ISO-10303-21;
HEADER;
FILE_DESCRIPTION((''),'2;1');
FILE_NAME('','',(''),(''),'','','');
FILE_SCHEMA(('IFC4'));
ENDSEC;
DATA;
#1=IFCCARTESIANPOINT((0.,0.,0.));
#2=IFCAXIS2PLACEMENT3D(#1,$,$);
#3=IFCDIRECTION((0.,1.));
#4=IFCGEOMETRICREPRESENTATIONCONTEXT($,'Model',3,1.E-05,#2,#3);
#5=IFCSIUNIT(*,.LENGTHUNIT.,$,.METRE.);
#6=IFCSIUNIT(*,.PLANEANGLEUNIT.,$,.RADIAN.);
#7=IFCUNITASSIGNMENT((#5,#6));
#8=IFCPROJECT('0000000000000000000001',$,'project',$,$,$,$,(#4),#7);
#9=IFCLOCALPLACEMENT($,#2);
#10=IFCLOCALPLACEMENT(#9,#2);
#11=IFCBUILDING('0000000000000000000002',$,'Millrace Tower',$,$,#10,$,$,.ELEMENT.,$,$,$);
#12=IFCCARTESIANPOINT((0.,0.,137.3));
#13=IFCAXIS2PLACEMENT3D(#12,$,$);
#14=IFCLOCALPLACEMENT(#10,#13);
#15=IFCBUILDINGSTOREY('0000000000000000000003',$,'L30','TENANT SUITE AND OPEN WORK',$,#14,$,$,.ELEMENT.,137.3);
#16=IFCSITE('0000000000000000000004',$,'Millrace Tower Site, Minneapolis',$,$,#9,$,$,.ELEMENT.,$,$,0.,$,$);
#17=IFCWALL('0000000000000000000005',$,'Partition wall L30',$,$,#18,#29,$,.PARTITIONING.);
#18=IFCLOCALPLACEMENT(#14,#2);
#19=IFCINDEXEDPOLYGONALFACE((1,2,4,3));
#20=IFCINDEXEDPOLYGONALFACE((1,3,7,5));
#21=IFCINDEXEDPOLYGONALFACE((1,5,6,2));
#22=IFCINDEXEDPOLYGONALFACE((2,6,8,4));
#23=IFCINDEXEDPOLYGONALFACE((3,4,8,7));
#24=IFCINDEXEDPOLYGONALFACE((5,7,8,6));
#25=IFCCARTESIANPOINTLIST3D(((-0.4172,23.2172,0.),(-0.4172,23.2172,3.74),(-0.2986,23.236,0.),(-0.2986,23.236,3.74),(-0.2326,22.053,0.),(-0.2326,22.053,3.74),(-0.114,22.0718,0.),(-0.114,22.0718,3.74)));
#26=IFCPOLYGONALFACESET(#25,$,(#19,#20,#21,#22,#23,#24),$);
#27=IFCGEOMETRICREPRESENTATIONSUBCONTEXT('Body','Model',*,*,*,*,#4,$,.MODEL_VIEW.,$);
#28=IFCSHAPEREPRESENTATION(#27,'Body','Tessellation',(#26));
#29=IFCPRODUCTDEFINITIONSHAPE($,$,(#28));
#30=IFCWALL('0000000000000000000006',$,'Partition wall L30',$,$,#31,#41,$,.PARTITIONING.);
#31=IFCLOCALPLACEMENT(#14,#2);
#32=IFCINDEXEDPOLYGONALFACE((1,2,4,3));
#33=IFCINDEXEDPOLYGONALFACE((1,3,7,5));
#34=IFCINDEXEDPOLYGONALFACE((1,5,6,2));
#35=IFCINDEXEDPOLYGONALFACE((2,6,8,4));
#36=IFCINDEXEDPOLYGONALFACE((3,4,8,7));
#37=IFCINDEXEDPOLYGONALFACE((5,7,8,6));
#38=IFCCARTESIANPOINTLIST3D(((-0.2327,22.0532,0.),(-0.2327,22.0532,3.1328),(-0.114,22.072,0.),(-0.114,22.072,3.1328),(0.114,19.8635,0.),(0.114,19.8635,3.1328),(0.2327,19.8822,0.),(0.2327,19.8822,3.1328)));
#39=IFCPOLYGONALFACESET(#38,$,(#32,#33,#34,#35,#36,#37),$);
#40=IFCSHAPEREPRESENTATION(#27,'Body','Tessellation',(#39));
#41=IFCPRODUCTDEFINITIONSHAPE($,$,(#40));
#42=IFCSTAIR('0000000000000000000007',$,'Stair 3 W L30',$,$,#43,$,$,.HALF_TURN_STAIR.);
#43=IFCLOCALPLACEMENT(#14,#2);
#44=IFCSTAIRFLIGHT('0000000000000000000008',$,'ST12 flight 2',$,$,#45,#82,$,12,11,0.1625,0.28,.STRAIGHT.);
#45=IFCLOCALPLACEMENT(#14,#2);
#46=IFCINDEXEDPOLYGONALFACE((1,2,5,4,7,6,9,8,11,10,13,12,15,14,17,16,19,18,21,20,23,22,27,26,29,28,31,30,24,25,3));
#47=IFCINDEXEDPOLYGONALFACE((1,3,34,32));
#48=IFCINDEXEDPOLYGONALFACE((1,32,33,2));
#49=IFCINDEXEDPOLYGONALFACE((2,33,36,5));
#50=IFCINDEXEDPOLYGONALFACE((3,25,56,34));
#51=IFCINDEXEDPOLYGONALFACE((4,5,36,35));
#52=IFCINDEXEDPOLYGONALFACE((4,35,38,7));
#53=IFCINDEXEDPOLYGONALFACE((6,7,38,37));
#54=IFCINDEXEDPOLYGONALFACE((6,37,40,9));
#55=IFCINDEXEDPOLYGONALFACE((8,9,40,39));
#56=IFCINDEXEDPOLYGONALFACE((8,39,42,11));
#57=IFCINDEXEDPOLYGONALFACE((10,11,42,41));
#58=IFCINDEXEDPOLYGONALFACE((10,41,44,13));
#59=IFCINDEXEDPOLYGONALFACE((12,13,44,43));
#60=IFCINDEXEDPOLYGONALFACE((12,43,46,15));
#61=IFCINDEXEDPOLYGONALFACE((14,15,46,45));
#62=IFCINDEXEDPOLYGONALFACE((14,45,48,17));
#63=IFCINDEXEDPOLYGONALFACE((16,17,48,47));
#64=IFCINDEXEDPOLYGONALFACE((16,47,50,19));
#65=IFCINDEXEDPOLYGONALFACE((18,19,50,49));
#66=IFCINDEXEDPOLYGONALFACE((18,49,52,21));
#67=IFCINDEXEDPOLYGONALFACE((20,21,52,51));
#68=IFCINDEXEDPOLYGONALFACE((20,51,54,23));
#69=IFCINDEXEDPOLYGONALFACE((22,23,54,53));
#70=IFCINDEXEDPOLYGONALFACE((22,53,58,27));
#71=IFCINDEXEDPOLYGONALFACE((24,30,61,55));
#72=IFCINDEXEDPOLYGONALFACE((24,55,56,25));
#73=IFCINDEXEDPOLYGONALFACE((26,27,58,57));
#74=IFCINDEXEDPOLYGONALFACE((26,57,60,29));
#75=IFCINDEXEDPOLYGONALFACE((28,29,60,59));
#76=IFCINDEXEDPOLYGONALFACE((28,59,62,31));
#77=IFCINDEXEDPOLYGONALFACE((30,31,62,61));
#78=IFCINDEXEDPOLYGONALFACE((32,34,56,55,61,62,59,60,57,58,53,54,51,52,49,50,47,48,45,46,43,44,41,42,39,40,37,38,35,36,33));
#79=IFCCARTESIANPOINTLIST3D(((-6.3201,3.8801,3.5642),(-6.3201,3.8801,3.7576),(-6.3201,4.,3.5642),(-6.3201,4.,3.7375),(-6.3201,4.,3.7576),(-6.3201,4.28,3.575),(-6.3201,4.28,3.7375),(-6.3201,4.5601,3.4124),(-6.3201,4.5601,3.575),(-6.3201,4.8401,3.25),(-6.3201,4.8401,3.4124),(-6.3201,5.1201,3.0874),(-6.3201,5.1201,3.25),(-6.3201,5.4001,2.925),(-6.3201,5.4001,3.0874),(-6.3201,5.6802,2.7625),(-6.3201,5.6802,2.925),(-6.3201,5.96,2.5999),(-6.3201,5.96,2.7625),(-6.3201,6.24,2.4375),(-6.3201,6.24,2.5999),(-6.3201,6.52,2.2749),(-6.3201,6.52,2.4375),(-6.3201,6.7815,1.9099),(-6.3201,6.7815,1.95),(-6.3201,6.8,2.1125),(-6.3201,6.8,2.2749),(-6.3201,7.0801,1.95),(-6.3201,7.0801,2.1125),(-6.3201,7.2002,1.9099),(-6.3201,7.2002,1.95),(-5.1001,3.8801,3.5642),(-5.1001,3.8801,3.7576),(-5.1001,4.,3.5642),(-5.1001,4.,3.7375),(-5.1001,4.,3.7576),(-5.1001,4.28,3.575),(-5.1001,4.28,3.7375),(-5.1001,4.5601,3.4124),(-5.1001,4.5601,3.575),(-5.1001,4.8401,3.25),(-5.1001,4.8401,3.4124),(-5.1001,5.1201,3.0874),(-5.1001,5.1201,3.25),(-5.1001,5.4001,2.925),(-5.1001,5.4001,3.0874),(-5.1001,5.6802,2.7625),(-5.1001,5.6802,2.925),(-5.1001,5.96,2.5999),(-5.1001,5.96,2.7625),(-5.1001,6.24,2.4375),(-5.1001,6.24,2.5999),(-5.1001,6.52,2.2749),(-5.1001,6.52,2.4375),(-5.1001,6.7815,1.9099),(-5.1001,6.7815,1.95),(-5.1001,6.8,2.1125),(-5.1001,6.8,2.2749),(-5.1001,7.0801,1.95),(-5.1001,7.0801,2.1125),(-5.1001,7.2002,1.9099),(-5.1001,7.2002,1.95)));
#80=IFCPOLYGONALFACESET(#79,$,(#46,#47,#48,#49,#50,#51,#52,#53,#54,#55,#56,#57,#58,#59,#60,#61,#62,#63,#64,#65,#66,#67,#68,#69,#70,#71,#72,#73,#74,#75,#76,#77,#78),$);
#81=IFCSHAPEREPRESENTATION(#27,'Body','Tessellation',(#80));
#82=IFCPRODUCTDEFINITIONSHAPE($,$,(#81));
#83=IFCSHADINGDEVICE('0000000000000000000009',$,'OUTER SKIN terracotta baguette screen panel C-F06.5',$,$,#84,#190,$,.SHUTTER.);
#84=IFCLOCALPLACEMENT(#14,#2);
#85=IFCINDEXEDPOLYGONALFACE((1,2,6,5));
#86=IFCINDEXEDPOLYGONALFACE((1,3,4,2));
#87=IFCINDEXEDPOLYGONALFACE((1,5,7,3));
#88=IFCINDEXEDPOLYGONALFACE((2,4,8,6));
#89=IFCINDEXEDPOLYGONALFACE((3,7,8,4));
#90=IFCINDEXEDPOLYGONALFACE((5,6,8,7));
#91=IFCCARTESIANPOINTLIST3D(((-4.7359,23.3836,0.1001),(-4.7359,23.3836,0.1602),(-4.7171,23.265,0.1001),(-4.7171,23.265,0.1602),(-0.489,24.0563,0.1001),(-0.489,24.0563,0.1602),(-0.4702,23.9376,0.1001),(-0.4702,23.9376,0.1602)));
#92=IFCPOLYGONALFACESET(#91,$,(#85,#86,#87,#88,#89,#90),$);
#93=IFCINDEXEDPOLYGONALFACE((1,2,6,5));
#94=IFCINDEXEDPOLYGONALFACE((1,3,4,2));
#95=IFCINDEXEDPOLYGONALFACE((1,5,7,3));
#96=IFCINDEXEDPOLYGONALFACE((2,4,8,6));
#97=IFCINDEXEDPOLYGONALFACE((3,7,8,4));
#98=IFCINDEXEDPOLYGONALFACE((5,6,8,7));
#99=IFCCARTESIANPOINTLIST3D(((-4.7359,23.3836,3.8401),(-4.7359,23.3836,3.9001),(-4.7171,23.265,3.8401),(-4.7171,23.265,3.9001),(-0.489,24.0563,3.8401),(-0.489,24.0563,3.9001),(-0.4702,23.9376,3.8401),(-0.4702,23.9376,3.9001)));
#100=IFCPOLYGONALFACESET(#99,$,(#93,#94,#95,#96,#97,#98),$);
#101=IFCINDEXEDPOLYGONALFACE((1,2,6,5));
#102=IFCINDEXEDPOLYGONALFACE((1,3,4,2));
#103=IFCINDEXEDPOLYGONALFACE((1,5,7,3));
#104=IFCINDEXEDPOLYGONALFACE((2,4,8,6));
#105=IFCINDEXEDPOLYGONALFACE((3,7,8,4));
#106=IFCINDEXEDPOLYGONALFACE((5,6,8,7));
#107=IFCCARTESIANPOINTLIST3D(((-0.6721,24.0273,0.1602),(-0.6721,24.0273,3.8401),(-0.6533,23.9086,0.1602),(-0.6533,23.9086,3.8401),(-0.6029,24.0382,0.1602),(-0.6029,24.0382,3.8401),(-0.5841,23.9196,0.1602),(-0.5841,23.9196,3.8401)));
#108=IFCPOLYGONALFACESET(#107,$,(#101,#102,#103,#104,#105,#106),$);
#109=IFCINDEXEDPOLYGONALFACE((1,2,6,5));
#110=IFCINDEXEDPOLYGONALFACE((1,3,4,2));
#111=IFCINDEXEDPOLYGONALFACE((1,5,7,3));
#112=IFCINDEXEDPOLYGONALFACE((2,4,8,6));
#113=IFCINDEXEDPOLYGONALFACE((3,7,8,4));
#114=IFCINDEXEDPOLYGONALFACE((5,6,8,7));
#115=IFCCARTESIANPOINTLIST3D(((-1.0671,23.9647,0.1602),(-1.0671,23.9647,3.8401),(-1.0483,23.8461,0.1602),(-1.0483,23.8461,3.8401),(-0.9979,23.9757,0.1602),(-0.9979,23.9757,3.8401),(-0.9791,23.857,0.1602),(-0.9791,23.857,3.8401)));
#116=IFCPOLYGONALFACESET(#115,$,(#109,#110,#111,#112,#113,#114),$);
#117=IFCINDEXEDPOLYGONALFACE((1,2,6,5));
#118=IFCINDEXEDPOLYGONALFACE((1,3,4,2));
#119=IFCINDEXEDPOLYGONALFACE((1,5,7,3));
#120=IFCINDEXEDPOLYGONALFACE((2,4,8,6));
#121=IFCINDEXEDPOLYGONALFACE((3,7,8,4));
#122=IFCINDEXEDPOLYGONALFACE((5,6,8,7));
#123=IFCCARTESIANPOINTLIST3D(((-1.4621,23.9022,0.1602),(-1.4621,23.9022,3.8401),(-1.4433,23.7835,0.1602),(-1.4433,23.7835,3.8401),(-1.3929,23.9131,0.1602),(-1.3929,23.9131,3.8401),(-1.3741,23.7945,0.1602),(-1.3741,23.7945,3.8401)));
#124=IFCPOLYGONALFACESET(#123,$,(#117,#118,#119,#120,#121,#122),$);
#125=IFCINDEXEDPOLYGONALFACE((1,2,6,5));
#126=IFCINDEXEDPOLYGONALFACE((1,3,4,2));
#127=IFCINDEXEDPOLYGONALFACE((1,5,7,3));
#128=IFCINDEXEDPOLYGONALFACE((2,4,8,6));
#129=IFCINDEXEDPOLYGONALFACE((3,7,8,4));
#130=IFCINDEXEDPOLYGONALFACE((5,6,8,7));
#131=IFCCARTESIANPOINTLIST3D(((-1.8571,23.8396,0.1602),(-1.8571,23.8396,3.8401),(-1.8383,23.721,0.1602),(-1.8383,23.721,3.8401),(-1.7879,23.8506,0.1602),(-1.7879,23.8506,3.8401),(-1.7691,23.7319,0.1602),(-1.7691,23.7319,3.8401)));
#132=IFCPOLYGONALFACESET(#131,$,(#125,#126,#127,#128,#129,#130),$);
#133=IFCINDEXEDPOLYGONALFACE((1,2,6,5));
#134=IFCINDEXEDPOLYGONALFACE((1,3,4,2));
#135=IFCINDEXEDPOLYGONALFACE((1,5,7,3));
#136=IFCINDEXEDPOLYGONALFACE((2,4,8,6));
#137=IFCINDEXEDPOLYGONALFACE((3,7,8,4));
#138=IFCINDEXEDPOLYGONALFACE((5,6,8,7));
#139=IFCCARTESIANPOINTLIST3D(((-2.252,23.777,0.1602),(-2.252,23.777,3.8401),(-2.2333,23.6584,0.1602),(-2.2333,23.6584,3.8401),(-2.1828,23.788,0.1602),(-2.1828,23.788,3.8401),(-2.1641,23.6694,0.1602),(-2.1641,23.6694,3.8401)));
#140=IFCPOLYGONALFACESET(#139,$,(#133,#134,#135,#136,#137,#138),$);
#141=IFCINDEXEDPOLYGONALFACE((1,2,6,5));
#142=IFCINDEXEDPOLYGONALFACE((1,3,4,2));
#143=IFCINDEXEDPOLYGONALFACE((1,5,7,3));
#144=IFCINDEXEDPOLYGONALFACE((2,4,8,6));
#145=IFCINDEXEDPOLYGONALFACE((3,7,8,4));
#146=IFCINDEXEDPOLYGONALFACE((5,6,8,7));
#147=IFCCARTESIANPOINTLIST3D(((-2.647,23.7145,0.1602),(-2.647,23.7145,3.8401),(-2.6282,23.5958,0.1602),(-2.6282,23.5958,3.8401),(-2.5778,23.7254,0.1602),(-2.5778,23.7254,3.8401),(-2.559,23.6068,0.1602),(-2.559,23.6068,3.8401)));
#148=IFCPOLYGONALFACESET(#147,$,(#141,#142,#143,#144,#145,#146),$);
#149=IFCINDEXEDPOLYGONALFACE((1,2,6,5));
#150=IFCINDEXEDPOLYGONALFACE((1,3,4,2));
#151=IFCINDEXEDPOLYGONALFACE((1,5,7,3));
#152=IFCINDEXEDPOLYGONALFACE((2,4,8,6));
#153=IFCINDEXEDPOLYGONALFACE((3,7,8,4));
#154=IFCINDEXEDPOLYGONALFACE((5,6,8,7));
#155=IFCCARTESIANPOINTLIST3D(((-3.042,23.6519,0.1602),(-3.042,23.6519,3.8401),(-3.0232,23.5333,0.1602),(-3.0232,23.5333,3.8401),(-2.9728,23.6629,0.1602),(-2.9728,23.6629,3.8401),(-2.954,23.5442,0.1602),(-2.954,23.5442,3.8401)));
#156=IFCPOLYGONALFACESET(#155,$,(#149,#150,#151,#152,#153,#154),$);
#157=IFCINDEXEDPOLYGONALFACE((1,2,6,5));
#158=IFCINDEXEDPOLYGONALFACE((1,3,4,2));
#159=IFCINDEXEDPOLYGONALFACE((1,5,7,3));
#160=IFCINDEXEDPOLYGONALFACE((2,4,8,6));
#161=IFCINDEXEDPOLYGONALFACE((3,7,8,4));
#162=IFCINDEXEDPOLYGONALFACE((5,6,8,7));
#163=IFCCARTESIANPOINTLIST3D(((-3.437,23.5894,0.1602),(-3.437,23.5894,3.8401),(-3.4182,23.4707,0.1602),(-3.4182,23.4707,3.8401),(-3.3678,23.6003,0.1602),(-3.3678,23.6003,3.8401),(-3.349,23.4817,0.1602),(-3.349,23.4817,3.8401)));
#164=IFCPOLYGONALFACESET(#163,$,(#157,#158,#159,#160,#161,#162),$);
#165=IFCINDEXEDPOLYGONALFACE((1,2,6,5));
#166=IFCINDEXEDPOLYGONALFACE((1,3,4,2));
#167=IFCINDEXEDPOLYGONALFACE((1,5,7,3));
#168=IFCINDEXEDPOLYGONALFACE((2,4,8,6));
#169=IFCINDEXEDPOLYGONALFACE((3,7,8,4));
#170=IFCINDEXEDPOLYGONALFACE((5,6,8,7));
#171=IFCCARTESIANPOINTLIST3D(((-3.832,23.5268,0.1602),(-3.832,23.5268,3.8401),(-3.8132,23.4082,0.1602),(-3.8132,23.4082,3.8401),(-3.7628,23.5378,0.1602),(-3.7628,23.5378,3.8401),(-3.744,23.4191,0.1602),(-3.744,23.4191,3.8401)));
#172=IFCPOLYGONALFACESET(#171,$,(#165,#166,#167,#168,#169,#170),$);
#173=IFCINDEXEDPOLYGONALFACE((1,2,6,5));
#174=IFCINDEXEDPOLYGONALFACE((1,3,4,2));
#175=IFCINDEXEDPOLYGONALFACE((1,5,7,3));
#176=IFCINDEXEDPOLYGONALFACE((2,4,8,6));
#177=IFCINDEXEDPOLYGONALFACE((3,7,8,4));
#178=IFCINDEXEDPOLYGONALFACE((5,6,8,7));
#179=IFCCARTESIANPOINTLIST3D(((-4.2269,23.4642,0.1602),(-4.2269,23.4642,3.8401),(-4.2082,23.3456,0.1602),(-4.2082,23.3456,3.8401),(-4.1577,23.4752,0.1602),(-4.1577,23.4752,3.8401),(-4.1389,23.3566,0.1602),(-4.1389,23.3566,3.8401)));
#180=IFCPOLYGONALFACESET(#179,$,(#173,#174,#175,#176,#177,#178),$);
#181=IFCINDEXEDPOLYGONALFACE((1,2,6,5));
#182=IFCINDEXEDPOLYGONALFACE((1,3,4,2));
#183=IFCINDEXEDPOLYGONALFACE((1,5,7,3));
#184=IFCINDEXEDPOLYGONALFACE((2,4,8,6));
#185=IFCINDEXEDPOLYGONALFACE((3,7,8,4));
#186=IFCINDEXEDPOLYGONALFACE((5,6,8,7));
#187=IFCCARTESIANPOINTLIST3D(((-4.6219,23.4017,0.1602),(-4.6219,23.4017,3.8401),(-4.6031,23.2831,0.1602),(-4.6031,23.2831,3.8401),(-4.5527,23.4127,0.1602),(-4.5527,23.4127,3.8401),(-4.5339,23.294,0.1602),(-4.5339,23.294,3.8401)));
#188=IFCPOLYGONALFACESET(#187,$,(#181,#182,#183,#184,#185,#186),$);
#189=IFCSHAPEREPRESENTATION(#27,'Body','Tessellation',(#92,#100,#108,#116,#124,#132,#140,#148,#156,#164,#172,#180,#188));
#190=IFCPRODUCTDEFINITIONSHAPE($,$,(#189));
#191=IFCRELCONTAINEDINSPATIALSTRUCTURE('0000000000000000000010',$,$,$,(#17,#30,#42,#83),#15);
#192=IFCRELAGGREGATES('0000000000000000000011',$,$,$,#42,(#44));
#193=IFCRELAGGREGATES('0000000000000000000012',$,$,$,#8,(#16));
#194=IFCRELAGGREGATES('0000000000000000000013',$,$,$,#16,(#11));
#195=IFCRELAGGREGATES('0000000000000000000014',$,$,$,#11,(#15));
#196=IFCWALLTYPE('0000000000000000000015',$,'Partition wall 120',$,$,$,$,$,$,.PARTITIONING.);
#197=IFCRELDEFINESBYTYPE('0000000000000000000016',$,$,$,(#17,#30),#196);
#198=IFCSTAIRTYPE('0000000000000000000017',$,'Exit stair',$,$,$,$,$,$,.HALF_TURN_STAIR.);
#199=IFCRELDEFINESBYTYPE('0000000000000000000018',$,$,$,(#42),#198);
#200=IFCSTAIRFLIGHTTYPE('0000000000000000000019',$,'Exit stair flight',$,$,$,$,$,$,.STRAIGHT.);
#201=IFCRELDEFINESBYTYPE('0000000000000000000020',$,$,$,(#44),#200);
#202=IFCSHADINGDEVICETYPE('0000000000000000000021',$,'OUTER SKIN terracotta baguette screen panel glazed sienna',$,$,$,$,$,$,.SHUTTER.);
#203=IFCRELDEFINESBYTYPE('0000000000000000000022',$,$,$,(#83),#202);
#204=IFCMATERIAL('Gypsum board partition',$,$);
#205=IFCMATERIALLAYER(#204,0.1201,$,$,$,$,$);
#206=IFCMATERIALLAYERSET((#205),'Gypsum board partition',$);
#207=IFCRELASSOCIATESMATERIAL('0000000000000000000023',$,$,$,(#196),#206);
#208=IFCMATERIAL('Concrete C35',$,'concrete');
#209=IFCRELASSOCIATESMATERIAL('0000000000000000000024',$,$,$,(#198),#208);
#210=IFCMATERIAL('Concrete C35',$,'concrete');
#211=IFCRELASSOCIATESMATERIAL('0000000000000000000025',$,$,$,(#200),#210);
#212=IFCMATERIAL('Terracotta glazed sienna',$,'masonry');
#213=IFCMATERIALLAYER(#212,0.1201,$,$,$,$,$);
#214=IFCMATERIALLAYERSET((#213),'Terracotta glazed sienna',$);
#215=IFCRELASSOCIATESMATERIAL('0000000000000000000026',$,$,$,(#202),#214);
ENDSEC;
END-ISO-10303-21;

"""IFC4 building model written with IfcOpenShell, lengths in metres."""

from ifc_helpers import new_model, entity, si_unit, direction, frame, frame_2d, origin, origin_2d, place, context, subcontext, project, spatial, polyline, rectangle, outline, extrude, source, transform, mapped, material, layer, layer_set, type_object, element, aggregate, save


model = new_model("IFC4")

# Units and contexts
model_context = context("Model", 3, precision=1e-05, world=origin(), true_north=direction((0.0, 1.0)))
body_context = subcontext(model_context, "Body", "Model", "MODEL_VIEW")
ifc_project = project(units=[si_unit("LENGTHUNIT", "METRE"), si_unit("PLANEANGLEUNIT", "RADIAN")], contexts=[model_context])

# Site, building, storey
site_placement = place(None, origin())
site = spatial("IfcSite", under=ifc_project, at=site_placement, Name="Millrace Tower Site, Minneapolis", CompositionType="ELEMENT", RefElevation=0.0)
building_placement = place(site_placement, origin())
building = spatial("IfcBuilding", under=site, at=building_placement, Name="Millrace Tower", CompositionType="ELEMENT")
storey_placement = place(building_placement, frame((0.0, 0.0, 137.3)))
storey = spatial("IfcBuildingStorey", under=building, at=storey_placement, Name="L30", Description="TENANT SUITE AND OPEN WORK", CompositionType="ELEMENT", Elevation=137.3)

# Shared definitions
placement = place(storey_placement, origin())

# Walls
ifc_material_1 = material(Name="Gypsum board partition")
ifc_layer_1 = layer(ifc_material_1, 0.1201)
ifc_layer_set_1 = layer_set([ifc_layer_1], Name="Gypsum board partition")
wall_type_1 = type_object("IfcWallType", Name="Partition wall 120", PredefinedType="PARTITIONING", material=ifc_layer_set_1)
wall_1_placement = place(storey_placement, frame((-0.3579, 23.2266, 0.0), z_axis=(0.0, 0.0, 1.0), x_axis=(0.156601, -0.987662, 0.0)))
element("IfcWall", 1, at=wall_1_placement, inside=storey, type_object=wall_type_1, Name="Partition wall L30", PredefinedType="PARTITIONING", context=body_context, shape_type="SweptSolid", body=[
    extrude(rectangle(XDim=1.1787, YDim=0.1201, at=frame_2d((0.5894, 0.0))), origin(), (0.0, 0.0, 1.0), 3.74),
])
wall_2_placement = place(storey_placement, frame((-0.1733, 22.0625, 0.0), z_axis=(0.0, 0.0, 1.0), x_axis=(0.156375, -0.987698, 0.0)))
element("IfcWall", 2, at=wall_2_placement, inside=storey, type_object=wall_type_1, Name="Partition wall L30", PredefinedType="PARTITIONING", context=body_context, shape_type="SweptSolid", body=[
    extrude(rectangle(XDim=2.217, YDim=0.1201, at=frame_2d((1.1084, 0.0))), origin(), (0.0, 0.0, 1.0), 3.1328),
])

# Stair, stair flight
ifc_material_2 = material(Name="Concrete C35", Category="concrete")
stair_type = type_object("IfcStairType", Name="Exit stair", PredefinedType="HALF_TURN_STAIR", material=ifc_material_2)
stair = element("IfcStair", 3, at=placement, inside=storey, type_object=stair_type, Name="Stair 3 W L30", PredefinedType="HALF_TURN_STAIR")
ifc_material_3 = material(Name="Concrete C35", Category="concrete")
stair_flight_type = type_object("IfcStairFlightType", Name="Exit stair flight", PredefinedType="STRAIGHT", material=ifc_material_3)
stair_flight_placement = place(storey_placement, frame((-5.71, 7.0801, 1.95), z_axis=(0.0, 0.0, 1.0), x_axis=(0.0, -1.0, 0.0)))
stair_flight = element("IfcStairFlight", 4, at=stair_flight_placement, type_object=stair_flight_type, Name="ST12 flight 2", NumberOfRisers=12, NumberOfTreads=11, PredefinedType="STRAIGHT", RiserHeight=0.1625, TreadLength=0.28, context=body_context, shape_type="SweptSolid", body=[
    extrude(outline(polyline([(-0.1201, -0.04), (-0.1201, 0.0), (0.0, 0.0), (0.0, 0.1626), (0.28, 0.1626), (0.28, 0.325), (0.5601, 0.325), (0.5601, 0.4875), (0.8401, 0.4875), (0.8401, 0.6499), (1.1201, 0.6499), (1.1201, 0.8125), (1.3999, 0.8125), (1.3999, 0.9751), (1.6799, 0.9751), (1.6799, 1.1375), (1.96, 1.1375), (1.96, 1.3), (2.24, 1.3), (2.24, 1.4624), (2.52, 1.4624), (2.52, 1.625), (2.8, 1.625), (2.8, 1.7876), (3.0801, 1.7876), (3.0801, 1.8076), (3.2, 1.8076), (3.2, 1.6143), (3.0801, 1.6143), (0.2986, 0.0), (0.2986, -0.04), (-0.1201, -0.04)])), frame((0.0, 0.6099, 0.0), z_axis=(0.0, -1.0, 0.0), x_axis=(1.0, 0.0, 0.0)), (0.0, 0.0, 1.0), 1.22),
])
aggregate(stair, [stair_flight])

# Shading device
ifc_material_4 = material(Name="Terracotta glazed sienna", Category="masonry")
ifc_layer_2 = layer(ifc_material_4, 0.1201)
ifc_layer_set_2 = layer_set([ifc_layer_2], Name="Terracotta glazed sienna")
shading_device_type = type_object("IfcShadingDeviceType", Name="OUTER SKIN terracotta baguette screen panel glazed sienna", PredefinedType="SHUTTER", material=ifc_layer_set_2)
cartesian_point = entity("IfcCartesianPoint", [-2.1499, 0.0601])
shared_polyline = entity("IfcPolyline", [cartesian_point, entity("IfcCartesianPoint", [2.1499, 0.0601]), entity("IfcCartesianPoint", [2.1499, -0.0601]), entity("IfcCartesianPoint", [-2.1499, -0.0601]), cartesian_point])
shared_shape = source(origin(), body_context, "Body", "SweptSolid", [
    entity("IfcExtrudedAreaSolid", entity("IfcArbitraryClosedProfileDef", "AREA", None, shared_polyline), entity("IfcAxis2Placement3D", entity("IfcCartesianPoint", [0.0, 0.0, 0.0])), entity("IfcDirection", [0.0, 0.0, 1.0]), 0.0601),
    entity("IfcExtrudedAreaSolid", entity("IfcArbitraryClosedProfileDef", "AREA", None, shared_polyline), entity("IfcAxis2Placement3D", entity("IfcCartesianPoint", [0.0, 0.0, 3.74])), entity("IfcDirection", [0.0, 0.0, 1.0]), 0.0601),
    extrude(rectangle(XDim=0.0701, YDim=0.1201, at=frame_2d((-1.9995, 0.0))), frame((0.0, 0.0, 0.0601)), (0.0, 0.0, 1.0), 3.6799),
    extrude(rectangle(XDim=0.0701, YDim=0.1201, at=frame_2d((-1.5996, 0.0))), frame((0.0, 0.0, 0.0601)), (0.0, 0.0, 1.0), 3.6799),
    extrude(rectangle(XDim=0.0701, YDim=0.1201, at=frame_2d((-1.1997, 0.0))), frame((0.0, 0.0, 0.0601)), (0.0, 0.0, 1.0), 3.6799),
    extrude(rectangle(XDim=0.0701, YDim=0.1201, at=frame_2d((-0.7998, 0.0))), frame((0.0, 0.0, 0.0601)), (0.0, 0.0, 1.0), 3.6799),
    extrude(rectangle(XDim=0.0701, YDim=0.1201, at=frame_2d((-0.3999, 0.0))), frame((0.0, 0.0, 0.0601)), (0.0, 0.0, 1.0), 3.6799),
    extrude(rectangle(XDim=0.0701, YDim=0.1201, at=origin_2d()), frame((0.0, 0.0, 0.0601)), (0.0, 0.0, 1.0), 3.6799),
    extrude(rectangle(XDim=0.0701, YDim=0.1201, at=frame_2d((0.3999, 0.0))), frame((0.0, 0.0, 0.0601)), (0.0, 0.0, 1.0), 3.6799),
    extrude(rectangle(XDim=0.0701, YDim=0.1201, at=frame_2d((0.7998, 0.0))), frame((0.0, 0.0, 0.0601)), (0.0, 0.0, 1.0), 3.6799),
    extrude(rectangle(XDim=0.0701, YDim=0.1201, at=frame_2d((1.1997, 0.0))), frame((0.0, 0.0, 0.0601)), (0.0, 0.0, 1.0), 3.6799),
    extrude(rectangle(XDim=0.0701, YDim=0.1201, at=frame_2d((1.5996, 0.0))), frame((0.0, 0.0, 0.0601)), (0.0, 0.0, 1.0), 3.6799),
    extrude(rectangle(XDim=0.0701, YDim=0.1201, at=frame_2d((1.9995, 0.0))), frame((0.0, 0.0, 0.0601)), (0.0, 0.0, 1.0), 3.6799),
])
for number, where, z_axis, x_axis, name in (
    (5, (-2.603, 23.6606, 0.1001), (0.0, 0.0, 1.0), (-0.987688, -0.156434, 0.0), "OUTER SKIN terracotta baguette screen panel C-F06.5"),
):
    element("IfcShadingDevice", number, at=place(storey_placement, frame(where, z_axis=z_axis, x_axis=x_axis)), inside=storey, type_object=shading_device_type, Name=name, PredefinedType="SHUTTER", context=body_context, shape_type="MappedRepresentation", body=[
        mapped(shared_shape, transform((0.0, 0.0, 0.0), scale=1.0)),
    ])

save(model, "model.ifc")
